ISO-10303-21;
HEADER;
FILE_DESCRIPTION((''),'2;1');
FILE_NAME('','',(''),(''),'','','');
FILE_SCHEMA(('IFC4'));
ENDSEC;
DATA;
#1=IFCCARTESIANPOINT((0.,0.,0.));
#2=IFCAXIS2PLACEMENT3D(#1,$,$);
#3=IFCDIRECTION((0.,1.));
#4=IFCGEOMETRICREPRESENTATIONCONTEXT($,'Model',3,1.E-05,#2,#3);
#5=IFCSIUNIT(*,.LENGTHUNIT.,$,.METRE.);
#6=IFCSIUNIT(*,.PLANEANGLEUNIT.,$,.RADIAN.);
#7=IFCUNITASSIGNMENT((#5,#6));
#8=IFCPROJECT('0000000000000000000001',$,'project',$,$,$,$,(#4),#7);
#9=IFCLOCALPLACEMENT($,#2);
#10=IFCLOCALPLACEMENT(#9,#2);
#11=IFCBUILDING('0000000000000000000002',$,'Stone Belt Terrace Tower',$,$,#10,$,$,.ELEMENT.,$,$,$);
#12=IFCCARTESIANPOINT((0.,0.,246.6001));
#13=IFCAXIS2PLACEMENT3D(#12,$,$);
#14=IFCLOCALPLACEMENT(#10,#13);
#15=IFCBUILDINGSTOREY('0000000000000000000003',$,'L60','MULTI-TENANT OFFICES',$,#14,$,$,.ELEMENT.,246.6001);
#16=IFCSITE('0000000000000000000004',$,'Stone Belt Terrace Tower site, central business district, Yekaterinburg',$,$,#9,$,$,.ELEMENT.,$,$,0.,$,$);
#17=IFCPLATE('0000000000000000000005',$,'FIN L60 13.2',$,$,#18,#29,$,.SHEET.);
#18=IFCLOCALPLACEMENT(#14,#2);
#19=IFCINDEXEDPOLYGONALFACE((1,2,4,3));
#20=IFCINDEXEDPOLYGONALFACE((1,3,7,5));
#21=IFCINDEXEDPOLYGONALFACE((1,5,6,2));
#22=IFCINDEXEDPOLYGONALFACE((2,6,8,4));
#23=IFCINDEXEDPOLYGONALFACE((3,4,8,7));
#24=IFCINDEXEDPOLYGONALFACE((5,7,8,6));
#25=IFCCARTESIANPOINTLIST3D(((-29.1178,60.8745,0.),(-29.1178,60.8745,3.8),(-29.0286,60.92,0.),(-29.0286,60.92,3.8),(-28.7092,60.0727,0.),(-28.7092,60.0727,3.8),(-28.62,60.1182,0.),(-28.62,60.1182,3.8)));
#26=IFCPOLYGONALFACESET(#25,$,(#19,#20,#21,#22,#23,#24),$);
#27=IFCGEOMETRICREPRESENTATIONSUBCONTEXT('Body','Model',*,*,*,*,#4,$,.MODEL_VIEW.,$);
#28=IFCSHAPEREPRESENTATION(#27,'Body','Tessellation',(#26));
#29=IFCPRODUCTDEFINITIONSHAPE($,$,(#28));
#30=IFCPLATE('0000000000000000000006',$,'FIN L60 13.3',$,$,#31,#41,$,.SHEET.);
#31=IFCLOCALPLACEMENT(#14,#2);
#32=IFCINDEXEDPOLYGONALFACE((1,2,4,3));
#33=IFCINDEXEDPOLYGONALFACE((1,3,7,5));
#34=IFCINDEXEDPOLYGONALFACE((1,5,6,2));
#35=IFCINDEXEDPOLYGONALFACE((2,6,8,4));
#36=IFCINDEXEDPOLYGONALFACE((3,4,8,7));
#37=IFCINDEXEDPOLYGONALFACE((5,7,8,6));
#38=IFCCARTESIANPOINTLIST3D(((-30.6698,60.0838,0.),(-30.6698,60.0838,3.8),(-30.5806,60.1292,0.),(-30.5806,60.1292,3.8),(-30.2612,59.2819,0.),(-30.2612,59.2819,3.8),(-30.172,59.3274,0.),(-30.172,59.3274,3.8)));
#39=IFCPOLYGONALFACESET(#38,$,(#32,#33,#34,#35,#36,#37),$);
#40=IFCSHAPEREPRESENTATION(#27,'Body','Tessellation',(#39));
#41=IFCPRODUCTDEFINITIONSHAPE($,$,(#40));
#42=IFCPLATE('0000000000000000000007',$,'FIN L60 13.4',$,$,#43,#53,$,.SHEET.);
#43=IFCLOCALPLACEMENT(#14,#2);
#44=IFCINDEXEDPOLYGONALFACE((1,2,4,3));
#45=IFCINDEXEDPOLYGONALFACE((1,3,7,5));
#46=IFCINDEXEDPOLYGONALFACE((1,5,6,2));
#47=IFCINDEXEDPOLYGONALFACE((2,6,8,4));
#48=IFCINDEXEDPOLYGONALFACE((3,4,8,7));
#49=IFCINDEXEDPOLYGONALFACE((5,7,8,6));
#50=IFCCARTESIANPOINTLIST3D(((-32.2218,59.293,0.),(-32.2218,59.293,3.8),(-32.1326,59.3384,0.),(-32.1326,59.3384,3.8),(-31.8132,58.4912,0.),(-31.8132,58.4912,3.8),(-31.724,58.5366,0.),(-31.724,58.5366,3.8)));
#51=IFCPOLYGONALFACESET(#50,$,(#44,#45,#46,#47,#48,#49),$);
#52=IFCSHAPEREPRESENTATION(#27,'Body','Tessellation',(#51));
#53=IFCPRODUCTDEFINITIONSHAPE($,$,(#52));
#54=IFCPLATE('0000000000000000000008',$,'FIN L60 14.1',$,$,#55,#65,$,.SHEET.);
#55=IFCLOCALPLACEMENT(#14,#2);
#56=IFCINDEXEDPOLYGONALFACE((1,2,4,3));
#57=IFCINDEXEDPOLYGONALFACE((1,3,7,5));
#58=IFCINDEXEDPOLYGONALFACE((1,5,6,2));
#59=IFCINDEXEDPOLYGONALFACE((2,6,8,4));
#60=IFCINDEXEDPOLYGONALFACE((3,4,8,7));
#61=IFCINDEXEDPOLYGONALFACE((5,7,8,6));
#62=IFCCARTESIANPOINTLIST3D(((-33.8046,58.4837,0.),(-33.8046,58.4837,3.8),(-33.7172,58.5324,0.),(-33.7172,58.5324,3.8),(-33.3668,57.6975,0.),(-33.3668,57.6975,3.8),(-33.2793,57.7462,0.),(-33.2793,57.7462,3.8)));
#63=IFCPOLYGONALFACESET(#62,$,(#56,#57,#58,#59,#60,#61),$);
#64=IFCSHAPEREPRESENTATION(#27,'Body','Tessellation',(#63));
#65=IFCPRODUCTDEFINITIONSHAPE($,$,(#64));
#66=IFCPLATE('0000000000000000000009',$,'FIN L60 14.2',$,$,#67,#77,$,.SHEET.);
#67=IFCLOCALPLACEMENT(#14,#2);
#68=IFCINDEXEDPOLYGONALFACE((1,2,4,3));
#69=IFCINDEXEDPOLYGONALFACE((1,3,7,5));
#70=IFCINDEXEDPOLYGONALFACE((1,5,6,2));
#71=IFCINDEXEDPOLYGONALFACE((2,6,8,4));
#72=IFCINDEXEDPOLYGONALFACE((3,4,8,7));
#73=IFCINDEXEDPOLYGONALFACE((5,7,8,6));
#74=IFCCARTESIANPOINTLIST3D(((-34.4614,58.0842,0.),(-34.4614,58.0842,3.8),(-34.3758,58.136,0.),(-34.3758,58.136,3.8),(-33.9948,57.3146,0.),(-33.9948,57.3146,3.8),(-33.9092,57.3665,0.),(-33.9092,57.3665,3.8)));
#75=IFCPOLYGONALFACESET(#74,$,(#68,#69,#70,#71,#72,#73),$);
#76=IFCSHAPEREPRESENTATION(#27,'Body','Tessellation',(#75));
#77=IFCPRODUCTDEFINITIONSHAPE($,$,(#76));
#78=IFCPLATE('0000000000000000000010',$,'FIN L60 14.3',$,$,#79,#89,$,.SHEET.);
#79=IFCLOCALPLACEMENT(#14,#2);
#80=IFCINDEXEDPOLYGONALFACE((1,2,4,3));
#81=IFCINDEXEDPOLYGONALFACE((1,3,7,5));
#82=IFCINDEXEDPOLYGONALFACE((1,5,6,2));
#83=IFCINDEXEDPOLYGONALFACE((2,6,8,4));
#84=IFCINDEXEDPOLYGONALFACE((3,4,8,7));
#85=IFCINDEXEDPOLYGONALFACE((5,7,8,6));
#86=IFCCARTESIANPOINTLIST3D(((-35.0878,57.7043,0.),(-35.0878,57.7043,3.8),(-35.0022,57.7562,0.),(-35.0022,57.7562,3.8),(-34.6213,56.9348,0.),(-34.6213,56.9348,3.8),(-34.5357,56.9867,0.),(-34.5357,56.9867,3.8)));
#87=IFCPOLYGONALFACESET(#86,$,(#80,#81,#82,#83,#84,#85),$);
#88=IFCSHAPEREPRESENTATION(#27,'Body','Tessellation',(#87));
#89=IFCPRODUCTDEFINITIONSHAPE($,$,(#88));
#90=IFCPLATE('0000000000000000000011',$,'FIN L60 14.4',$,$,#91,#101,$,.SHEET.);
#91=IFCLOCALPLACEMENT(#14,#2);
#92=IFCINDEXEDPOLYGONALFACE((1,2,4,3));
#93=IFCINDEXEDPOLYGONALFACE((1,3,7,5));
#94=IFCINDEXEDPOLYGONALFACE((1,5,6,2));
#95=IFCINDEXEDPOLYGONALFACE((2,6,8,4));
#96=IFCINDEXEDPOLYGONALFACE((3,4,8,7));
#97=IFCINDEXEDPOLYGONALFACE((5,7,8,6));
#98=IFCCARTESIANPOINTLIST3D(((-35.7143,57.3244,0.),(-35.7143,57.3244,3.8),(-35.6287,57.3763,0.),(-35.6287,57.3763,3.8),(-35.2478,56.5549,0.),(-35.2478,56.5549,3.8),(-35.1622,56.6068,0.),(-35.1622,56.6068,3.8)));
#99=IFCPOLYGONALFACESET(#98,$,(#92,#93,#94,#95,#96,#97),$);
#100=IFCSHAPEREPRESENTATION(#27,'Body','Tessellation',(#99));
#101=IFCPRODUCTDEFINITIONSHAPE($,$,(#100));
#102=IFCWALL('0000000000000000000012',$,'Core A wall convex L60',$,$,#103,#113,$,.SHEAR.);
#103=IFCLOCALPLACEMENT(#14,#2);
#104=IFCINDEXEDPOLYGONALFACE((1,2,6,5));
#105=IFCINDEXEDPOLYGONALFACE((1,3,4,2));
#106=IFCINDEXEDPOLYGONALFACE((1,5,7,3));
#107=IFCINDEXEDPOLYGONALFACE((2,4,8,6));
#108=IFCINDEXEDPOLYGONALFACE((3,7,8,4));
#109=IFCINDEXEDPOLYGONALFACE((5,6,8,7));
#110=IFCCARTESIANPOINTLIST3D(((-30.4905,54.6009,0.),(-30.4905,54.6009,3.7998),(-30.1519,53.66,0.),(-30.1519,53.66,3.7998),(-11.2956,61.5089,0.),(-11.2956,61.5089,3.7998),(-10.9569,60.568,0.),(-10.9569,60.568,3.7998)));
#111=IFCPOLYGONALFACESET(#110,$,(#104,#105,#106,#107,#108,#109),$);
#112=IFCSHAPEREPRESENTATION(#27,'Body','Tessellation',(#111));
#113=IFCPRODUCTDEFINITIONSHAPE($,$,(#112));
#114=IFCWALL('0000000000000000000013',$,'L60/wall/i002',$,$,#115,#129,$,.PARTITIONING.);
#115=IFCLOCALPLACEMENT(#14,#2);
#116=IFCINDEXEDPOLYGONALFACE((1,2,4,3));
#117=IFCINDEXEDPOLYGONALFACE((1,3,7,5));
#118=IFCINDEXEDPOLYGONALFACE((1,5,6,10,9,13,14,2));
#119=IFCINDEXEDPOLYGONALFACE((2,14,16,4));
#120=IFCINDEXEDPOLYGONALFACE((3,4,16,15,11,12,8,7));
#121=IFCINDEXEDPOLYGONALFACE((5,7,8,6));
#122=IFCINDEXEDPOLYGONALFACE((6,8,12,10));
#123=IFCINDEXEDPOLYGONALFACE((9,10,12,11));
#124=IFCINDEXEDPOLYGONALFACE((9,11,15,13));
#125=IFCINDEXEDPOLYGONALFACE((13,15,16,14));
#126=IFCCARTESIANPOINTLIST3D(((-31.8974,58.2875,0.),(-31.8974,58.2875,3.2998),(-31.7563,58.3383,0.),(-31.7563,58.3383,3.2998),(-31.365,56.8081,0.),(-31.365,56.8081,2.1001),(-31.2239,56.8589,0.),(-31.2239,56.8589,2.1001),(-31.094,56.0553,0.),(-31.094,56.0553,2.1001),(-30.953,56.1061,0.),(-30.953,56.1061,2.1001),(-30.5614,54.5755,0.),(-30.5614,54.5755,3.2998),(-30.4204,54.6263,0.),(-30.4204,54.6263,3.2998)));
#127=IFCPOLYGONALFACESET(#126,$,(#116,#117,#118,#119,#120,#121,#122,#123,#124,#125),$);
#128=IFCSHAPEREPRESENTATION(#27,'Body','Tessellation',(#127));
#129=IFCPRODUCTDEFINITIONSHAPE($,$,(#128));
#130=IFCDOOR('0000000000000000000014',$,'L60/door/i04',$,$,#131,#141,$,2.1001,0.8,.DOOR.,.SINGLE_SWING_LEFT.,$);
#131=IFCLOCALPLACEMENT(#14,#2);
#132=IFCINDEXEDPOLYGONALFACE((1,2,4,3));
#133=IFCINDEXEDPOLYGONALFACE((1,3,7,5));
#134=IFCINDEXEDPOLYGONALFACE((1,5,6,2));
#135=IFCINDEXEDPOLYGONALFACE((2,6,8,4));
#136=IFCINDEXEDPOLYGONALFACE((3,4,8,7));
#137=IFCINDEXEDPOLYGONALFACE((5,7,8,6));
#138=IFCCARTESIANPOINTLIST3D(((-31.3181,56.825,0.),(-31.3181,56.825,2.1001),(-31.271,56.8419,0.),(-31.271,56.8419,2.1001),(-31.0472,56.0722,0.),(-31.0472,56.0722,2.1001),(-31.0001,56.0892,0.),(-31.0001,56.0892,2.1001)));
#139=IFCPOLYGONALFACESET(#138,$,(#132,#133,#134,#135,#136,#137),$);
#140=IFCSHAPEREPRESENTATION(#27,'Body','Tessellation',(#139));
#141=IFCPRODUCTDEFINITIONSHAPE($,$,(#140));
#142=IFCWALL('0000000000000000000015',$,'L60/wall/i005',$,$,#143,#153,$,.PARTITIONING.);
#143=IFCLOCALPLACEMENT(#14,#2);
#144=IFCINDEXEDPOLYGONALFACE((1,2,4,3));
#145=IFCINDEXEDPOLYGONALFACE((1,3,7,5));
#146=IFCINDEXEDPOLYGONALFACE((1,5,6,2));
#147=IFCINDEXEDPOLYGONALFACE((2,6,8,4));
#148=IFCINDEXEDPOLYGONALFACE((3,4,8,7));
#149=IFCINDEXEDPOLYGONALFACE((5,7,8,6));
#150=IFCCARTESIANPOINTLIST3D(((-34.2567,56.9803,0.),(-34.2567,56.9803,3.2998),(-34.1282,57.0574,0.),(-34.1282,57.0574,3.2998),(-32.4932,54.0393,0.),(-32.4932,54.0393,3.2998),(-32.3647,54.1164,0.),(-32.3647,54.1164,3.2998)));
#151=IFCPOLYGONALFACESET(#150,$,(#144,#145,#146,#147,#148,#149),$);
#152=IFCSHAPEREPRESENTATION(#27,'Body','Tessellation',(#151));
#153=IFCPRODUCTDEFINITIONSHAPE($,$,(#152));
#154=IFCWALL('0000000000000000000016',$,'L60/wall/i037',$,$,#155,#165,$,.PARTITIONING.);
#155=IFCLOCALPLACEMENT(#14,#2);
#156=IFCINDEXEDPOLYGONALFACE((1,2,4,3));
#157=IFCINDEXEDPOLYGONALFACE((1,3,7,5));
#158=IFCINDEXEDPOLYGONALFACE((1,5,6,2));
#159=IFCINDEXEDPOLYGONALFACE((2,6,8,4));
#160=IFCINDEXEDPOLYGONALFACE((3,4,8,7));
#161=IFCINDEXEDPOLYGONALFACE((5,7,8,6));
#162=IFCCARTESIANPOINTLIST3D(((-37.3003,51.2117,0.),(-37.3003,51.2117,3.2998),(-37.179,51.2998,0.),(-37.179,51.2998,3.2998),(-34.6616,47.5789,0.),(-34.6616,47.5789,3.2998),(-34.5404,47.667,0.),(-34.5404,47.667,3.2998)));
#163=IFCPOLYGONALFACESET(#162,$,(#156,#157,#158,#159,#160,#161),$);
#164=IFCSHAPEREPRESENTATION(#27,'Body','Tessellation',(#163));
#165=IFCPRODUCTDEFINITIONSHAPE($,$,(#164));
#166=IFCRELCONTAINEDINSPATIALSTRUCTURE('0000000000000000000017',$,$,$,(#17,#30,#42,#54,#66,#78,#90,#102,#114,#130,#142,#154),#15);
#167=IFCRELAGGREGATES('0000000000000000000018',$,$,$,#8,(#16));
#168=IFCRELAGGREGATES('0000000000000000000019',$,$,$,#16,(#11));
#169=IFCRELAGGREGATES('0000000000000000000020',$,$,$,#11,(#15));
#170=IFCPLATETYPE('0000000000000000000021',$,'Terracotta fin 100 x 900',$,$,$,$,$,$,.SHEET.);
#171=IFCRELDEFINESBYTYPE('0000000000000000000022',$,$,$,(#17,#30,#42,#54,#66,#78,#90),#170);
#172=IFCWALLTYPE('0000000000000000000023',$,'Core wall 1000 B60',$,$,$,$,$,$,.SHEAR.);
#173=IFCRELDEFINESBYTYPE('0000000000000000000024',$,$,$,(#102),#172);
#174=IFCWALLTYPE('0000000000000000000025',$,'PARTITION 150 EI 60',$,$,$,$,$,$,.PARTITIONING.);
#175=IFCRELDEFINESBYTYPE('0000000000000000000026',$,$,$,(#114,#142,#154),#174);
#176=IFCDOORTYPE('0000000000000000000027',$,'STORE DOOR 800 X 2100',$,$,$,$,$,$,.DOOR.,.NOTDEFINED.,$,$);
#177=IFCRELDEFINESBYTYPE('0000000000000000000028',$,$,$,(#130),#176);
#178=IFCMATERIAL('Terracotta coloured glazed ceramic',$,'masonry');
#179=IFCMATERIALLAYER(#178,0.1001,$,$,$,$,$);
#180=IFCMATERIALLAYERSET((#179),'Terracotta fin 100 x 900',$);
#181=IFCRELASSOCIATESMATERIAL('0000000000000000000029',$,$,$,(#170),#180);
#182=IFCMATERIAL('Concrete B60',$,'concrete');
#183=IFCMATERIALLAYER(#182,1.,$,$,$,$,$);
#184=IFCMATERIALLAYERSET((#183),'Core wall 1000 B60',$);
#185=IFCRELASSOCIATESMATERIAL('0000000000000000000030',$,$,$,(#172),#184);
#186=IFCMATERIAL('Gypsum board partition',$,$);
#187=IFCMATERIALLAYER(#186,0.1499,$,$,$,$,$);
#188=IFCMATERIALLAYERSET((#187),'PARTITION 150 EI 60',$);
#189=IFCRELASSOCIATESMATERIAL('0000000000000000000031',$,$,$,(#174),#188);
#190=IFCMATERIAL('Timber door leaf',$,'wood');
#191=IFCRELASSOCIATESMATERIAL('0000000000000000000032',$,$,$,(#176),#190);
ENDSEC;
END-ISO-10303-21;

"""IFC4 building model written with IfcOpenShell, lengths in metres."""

from ifc_helpers import new_model, si_unit, direction, frame, frame_2d, origin, origin_2d, place, context, subcontext, project, spatial, rectangle, extrude, material, layer, layer_set, type_object, element, fill, save


model = new_model("IFC4")

# Units and contexts
model_context = context("Model", 3, precision=1e-05, world=origin(), true_north=direction((0.0, 1.0)))
body_context = subcontext(model_context, "Body", "Model", "MODEL_VIEW")
ifc_project = project(units=[si_unit("LENGTHUNIT", "METRE"), si_unit("PLANEANGLEUNIT", "RADIAN")], contexts=[model_context])

# Site, building, storey
site_placement = place(None, origin())
site = spatial("IfcSite", under=ifc_project, at=site_placement, Name="Stone Belt Terrace Tower site, central business district, Yekaterinburg", CompositionType="ELEMENT", RefElevation=0.0)
building_placement = place(site_placement, origin())
building = spatial("IfcBuilding", under=site, at=building_placement, Name="Stone Belt Terrace Tower", CompositionType="ELEMENT")
storey_placement = place(building_placement, frame((0.0, 0.0, 246.6001)))
storey = spatial("IfcBuildingStorey", under=building, at=storey_placement, Name="L60", Description="MULTI-TENANT OFFICES", CompositionType="ELEMENT", Elevation=246.6001)

# Shared definitions
ifc_material_1 = material(Name="Concrete B60", Category="concrete")

# Plates
ifc_material_2 = material(Name="Terracotta coloured glazed ceramic", Category="masonry")
ifc_layer_1 = layer(ifc_material_2, 0.1001)
ifc_layer_set_1 = layer_set([ifc_layer_1], Name="Terracotta fin 100 x 900")
plate_type_1 = type_object("IfcPlateType", Name="Terracotta fin 100 x 900", PredefinedType="SHEET", material=ifc_layer_set_1)
for number, where, z_axis, x_axis, name in (
    (1, (-28.8689, 60.4963, 0.0), (0.0, 0.0, 1.0), (-0.45399, 0.891007, 0.0), "FIN L60 13.2"),
    (2, (-30.4209, 59.7056, 0.0), (0.0, 0.0, 1.0), (-0.45399, 0.891007, 0.0), "FIN L60 13.3"),
    (3, (-31.9729, 58.9148, 0.0), (0.0, 0.0, 1.0), (-0.45399, 0.891007, 0.0), "FIN L60 13.4"),
    (4, (-33.542, 58.115, 0.0), (0.0, 0.0, 1.0), (-0.486552, 0.873651, 0.0), "FIN L60 14.1"),
    (5, (-34.1853, 57.7253, 0.0), (0.0, 0.0, 1.0), (-0.518452, 0.855107, 0.0), "FIN L60 14.2"),
    (6, (-34.8118, 57.3455, 0.0), (0.0, 0.0, 1.0), (-0.518452, 0.855107, 0.0), "FIN L60 14.3"),
    (7, (-35.4382, 56.9656, 0.0), (0.0, 0.0, 1.0), (-0.518452, 0.855107, 0.0), "FIN L60 14.4"),
):
    element("IfcPlate", number, at=place(storey_placement, frame(where, z_axis=z_axis, x_axis=x_axis)), inside=storey, type_object=plate_type_1, Name=name, PredefinedType="SHEET", context=body_context, shape_type="SweptSolid", body=[
        extrude(rectangle(XDim=0.8999, YDim=0.1001, at=origin_2d()), origin(), (0.0, 0.0, 1.0), 3.8),
    ])

# Wall
ifc_layer_2 = layer(ifc_material_1, 1.0)
ifc_layer_set_2 = layer_set([ifc_layer_2], Name="Core wall 1000 B60")
wall_type_1 = type_object("IfcWallType", Name="Core wall 1000 B60", PredefinedType="SHEAR", material=ifc_layer_set_2)
wall_1_placement = place(storey_placement, frame((-30.3213, 54.1304, 0.0), z_axis=(0.0, 0.0, 1.0), x_axis=(0.940921, 0.338625, 0.0)))
element("IfcWall", 8, at=wall_1_placement, inside=storey, type_object=wall_type_1, Name="Core A wall convex L60", PredefinedType="SHEAR", context=body_context, shape_type="SweptSolid", body=[
    extrude(rectangle(XDim=20.4001, YDim=1.0, at=frame_2d((10.2002, 0.0))), origin(), (0.0, 0.0, 1.0), 3.7998),
])

# Wall, opening, door
ifc_material_3 = material(Name="Gypsum board partition")
ifc_layer_3 = layer(ifc_material_3, 0.1499)
ifc_layer_set_3 = layer_set([ifc_layer_3], Name="PARTITION 150 EI 60")
wall_type_2 = type_object("IfcWallType", Name="PARTITION 150 EI 60", PredefinedType="PARTITIONING", material=ifc_layer_set_3)
wall_2_placement = place(storey_placement, frame((-31.8269, 58.313, 0.0), z_axis=(0.0, 0.0, 1.0), x_axis=(0.338641, -0.940916, 0.0)))
wall_2 = element("IfcWall", 9, at=wall_2_placement, inside=storey, type_object=wall_type_2, Name="L60/wall/i002", PredefinedType="PARTITIONING", context=body_context, shape_type="SweptSolid", body=[
    extrude(rectangle(XDim=3.9451, YDim=0.1499, at=frame_2d((1.9727, 0.0))), origin(), (0.0, 0.0, 1.0), 3.2998),
])
opening_placement = place(wall_2_placement, frame((1.5725, 0.0, 0.0)))
opening = element("IfcOpeningElement", 10, at=opening_placement, cuts=wall_2, PredefinedType="OPENING", context=body_context, shape_type="SweptSolid", body=[
    extrude(rectangle(XDim=0.8, YDim=2.1001, at=frame_2d((0.3999, 1.05))), frame((0.0, 0.085, 0.0), z_axis=(0.0, -1.0, 0.0), x_axis=(1.0, 0.0, 0.0)), (0.0, 0.0, 1.0), 0.1699),
])
ifc_material_4 = material(Name="Timber door leaf", Category="wood")
door_type = type_object("IfcDoorType", Name="STORE DOOR 800 X 2100", OperationType="NOTDEFINED", PredefinedType="DOOR", material=ifc_material_4)
door_placement = place(opening_placement, origin())
door = element("IfcDoor", 11, at=door_placement, inside=storey, type_object=door_type, Name="L60/door/i04", OperationType="SINGLE_SWING_LEFT", OverallHeight=2.1001, OverallWidth=0.8, PredefinedType="DOOR", context=body_context, shape_type="SweptSolid", body=[
    extrude(rectangle(XDim=0.8, YDim=2.1001, at=frame_2d((0.3999, 1.05))), frame((0.0, 0.0249, 0.0), z_axis=(0.0, -1.0, 0.0), x_axis=(1.0, 0.0, 0.0)), (0.0, 0.0, 1.0), 0.05),
])
fill(opening, door)

# Walls
wall_3_placement = place(storey_placement, frame((-32.429, 54.0779, 0.0), z_axis=(0.0, 0.0, 1.0), x_axis=(-0.514255, 0.857637, 0.0)))
element("IfcWall", 12, at=wall_3_placement, inside=storey, type_object=wall_type_2, Name="L60/wall/i005", PredefinedType="PARTITIONING", context=body_context, shape_type="SweptSolid", body=[
    extrude(rectangle(XDim=3.4292, YDim=0.1499, at=frame_2d((1.7146, 0.0))), origin(), (0.0, 0.0, 1.0), 3.2998),
])
wall_4_placement = place(storey_placement, frame((-37.2397, 51.2559, 0.0), z_axis=(0.0, 0.0, 1.0), x_axis=(0.58768, -0.809093, 0.0)))
element("IfcWall", 13, at=wall_4_placement, inside=storey, type_object=wall_type_2, Name="L60/wall/i037", PredefinedType="PARTITIONING", context=body_context, shape_type="SweptSolid", body=[
    extrude(rectangle(XDim=4.49, YDim=0.1499, at=frame_2d((2.2451, 0.0))), origin(), (0.0, 0.0, 1.0), 3.2998),
])

save(model, "model.ifc")
